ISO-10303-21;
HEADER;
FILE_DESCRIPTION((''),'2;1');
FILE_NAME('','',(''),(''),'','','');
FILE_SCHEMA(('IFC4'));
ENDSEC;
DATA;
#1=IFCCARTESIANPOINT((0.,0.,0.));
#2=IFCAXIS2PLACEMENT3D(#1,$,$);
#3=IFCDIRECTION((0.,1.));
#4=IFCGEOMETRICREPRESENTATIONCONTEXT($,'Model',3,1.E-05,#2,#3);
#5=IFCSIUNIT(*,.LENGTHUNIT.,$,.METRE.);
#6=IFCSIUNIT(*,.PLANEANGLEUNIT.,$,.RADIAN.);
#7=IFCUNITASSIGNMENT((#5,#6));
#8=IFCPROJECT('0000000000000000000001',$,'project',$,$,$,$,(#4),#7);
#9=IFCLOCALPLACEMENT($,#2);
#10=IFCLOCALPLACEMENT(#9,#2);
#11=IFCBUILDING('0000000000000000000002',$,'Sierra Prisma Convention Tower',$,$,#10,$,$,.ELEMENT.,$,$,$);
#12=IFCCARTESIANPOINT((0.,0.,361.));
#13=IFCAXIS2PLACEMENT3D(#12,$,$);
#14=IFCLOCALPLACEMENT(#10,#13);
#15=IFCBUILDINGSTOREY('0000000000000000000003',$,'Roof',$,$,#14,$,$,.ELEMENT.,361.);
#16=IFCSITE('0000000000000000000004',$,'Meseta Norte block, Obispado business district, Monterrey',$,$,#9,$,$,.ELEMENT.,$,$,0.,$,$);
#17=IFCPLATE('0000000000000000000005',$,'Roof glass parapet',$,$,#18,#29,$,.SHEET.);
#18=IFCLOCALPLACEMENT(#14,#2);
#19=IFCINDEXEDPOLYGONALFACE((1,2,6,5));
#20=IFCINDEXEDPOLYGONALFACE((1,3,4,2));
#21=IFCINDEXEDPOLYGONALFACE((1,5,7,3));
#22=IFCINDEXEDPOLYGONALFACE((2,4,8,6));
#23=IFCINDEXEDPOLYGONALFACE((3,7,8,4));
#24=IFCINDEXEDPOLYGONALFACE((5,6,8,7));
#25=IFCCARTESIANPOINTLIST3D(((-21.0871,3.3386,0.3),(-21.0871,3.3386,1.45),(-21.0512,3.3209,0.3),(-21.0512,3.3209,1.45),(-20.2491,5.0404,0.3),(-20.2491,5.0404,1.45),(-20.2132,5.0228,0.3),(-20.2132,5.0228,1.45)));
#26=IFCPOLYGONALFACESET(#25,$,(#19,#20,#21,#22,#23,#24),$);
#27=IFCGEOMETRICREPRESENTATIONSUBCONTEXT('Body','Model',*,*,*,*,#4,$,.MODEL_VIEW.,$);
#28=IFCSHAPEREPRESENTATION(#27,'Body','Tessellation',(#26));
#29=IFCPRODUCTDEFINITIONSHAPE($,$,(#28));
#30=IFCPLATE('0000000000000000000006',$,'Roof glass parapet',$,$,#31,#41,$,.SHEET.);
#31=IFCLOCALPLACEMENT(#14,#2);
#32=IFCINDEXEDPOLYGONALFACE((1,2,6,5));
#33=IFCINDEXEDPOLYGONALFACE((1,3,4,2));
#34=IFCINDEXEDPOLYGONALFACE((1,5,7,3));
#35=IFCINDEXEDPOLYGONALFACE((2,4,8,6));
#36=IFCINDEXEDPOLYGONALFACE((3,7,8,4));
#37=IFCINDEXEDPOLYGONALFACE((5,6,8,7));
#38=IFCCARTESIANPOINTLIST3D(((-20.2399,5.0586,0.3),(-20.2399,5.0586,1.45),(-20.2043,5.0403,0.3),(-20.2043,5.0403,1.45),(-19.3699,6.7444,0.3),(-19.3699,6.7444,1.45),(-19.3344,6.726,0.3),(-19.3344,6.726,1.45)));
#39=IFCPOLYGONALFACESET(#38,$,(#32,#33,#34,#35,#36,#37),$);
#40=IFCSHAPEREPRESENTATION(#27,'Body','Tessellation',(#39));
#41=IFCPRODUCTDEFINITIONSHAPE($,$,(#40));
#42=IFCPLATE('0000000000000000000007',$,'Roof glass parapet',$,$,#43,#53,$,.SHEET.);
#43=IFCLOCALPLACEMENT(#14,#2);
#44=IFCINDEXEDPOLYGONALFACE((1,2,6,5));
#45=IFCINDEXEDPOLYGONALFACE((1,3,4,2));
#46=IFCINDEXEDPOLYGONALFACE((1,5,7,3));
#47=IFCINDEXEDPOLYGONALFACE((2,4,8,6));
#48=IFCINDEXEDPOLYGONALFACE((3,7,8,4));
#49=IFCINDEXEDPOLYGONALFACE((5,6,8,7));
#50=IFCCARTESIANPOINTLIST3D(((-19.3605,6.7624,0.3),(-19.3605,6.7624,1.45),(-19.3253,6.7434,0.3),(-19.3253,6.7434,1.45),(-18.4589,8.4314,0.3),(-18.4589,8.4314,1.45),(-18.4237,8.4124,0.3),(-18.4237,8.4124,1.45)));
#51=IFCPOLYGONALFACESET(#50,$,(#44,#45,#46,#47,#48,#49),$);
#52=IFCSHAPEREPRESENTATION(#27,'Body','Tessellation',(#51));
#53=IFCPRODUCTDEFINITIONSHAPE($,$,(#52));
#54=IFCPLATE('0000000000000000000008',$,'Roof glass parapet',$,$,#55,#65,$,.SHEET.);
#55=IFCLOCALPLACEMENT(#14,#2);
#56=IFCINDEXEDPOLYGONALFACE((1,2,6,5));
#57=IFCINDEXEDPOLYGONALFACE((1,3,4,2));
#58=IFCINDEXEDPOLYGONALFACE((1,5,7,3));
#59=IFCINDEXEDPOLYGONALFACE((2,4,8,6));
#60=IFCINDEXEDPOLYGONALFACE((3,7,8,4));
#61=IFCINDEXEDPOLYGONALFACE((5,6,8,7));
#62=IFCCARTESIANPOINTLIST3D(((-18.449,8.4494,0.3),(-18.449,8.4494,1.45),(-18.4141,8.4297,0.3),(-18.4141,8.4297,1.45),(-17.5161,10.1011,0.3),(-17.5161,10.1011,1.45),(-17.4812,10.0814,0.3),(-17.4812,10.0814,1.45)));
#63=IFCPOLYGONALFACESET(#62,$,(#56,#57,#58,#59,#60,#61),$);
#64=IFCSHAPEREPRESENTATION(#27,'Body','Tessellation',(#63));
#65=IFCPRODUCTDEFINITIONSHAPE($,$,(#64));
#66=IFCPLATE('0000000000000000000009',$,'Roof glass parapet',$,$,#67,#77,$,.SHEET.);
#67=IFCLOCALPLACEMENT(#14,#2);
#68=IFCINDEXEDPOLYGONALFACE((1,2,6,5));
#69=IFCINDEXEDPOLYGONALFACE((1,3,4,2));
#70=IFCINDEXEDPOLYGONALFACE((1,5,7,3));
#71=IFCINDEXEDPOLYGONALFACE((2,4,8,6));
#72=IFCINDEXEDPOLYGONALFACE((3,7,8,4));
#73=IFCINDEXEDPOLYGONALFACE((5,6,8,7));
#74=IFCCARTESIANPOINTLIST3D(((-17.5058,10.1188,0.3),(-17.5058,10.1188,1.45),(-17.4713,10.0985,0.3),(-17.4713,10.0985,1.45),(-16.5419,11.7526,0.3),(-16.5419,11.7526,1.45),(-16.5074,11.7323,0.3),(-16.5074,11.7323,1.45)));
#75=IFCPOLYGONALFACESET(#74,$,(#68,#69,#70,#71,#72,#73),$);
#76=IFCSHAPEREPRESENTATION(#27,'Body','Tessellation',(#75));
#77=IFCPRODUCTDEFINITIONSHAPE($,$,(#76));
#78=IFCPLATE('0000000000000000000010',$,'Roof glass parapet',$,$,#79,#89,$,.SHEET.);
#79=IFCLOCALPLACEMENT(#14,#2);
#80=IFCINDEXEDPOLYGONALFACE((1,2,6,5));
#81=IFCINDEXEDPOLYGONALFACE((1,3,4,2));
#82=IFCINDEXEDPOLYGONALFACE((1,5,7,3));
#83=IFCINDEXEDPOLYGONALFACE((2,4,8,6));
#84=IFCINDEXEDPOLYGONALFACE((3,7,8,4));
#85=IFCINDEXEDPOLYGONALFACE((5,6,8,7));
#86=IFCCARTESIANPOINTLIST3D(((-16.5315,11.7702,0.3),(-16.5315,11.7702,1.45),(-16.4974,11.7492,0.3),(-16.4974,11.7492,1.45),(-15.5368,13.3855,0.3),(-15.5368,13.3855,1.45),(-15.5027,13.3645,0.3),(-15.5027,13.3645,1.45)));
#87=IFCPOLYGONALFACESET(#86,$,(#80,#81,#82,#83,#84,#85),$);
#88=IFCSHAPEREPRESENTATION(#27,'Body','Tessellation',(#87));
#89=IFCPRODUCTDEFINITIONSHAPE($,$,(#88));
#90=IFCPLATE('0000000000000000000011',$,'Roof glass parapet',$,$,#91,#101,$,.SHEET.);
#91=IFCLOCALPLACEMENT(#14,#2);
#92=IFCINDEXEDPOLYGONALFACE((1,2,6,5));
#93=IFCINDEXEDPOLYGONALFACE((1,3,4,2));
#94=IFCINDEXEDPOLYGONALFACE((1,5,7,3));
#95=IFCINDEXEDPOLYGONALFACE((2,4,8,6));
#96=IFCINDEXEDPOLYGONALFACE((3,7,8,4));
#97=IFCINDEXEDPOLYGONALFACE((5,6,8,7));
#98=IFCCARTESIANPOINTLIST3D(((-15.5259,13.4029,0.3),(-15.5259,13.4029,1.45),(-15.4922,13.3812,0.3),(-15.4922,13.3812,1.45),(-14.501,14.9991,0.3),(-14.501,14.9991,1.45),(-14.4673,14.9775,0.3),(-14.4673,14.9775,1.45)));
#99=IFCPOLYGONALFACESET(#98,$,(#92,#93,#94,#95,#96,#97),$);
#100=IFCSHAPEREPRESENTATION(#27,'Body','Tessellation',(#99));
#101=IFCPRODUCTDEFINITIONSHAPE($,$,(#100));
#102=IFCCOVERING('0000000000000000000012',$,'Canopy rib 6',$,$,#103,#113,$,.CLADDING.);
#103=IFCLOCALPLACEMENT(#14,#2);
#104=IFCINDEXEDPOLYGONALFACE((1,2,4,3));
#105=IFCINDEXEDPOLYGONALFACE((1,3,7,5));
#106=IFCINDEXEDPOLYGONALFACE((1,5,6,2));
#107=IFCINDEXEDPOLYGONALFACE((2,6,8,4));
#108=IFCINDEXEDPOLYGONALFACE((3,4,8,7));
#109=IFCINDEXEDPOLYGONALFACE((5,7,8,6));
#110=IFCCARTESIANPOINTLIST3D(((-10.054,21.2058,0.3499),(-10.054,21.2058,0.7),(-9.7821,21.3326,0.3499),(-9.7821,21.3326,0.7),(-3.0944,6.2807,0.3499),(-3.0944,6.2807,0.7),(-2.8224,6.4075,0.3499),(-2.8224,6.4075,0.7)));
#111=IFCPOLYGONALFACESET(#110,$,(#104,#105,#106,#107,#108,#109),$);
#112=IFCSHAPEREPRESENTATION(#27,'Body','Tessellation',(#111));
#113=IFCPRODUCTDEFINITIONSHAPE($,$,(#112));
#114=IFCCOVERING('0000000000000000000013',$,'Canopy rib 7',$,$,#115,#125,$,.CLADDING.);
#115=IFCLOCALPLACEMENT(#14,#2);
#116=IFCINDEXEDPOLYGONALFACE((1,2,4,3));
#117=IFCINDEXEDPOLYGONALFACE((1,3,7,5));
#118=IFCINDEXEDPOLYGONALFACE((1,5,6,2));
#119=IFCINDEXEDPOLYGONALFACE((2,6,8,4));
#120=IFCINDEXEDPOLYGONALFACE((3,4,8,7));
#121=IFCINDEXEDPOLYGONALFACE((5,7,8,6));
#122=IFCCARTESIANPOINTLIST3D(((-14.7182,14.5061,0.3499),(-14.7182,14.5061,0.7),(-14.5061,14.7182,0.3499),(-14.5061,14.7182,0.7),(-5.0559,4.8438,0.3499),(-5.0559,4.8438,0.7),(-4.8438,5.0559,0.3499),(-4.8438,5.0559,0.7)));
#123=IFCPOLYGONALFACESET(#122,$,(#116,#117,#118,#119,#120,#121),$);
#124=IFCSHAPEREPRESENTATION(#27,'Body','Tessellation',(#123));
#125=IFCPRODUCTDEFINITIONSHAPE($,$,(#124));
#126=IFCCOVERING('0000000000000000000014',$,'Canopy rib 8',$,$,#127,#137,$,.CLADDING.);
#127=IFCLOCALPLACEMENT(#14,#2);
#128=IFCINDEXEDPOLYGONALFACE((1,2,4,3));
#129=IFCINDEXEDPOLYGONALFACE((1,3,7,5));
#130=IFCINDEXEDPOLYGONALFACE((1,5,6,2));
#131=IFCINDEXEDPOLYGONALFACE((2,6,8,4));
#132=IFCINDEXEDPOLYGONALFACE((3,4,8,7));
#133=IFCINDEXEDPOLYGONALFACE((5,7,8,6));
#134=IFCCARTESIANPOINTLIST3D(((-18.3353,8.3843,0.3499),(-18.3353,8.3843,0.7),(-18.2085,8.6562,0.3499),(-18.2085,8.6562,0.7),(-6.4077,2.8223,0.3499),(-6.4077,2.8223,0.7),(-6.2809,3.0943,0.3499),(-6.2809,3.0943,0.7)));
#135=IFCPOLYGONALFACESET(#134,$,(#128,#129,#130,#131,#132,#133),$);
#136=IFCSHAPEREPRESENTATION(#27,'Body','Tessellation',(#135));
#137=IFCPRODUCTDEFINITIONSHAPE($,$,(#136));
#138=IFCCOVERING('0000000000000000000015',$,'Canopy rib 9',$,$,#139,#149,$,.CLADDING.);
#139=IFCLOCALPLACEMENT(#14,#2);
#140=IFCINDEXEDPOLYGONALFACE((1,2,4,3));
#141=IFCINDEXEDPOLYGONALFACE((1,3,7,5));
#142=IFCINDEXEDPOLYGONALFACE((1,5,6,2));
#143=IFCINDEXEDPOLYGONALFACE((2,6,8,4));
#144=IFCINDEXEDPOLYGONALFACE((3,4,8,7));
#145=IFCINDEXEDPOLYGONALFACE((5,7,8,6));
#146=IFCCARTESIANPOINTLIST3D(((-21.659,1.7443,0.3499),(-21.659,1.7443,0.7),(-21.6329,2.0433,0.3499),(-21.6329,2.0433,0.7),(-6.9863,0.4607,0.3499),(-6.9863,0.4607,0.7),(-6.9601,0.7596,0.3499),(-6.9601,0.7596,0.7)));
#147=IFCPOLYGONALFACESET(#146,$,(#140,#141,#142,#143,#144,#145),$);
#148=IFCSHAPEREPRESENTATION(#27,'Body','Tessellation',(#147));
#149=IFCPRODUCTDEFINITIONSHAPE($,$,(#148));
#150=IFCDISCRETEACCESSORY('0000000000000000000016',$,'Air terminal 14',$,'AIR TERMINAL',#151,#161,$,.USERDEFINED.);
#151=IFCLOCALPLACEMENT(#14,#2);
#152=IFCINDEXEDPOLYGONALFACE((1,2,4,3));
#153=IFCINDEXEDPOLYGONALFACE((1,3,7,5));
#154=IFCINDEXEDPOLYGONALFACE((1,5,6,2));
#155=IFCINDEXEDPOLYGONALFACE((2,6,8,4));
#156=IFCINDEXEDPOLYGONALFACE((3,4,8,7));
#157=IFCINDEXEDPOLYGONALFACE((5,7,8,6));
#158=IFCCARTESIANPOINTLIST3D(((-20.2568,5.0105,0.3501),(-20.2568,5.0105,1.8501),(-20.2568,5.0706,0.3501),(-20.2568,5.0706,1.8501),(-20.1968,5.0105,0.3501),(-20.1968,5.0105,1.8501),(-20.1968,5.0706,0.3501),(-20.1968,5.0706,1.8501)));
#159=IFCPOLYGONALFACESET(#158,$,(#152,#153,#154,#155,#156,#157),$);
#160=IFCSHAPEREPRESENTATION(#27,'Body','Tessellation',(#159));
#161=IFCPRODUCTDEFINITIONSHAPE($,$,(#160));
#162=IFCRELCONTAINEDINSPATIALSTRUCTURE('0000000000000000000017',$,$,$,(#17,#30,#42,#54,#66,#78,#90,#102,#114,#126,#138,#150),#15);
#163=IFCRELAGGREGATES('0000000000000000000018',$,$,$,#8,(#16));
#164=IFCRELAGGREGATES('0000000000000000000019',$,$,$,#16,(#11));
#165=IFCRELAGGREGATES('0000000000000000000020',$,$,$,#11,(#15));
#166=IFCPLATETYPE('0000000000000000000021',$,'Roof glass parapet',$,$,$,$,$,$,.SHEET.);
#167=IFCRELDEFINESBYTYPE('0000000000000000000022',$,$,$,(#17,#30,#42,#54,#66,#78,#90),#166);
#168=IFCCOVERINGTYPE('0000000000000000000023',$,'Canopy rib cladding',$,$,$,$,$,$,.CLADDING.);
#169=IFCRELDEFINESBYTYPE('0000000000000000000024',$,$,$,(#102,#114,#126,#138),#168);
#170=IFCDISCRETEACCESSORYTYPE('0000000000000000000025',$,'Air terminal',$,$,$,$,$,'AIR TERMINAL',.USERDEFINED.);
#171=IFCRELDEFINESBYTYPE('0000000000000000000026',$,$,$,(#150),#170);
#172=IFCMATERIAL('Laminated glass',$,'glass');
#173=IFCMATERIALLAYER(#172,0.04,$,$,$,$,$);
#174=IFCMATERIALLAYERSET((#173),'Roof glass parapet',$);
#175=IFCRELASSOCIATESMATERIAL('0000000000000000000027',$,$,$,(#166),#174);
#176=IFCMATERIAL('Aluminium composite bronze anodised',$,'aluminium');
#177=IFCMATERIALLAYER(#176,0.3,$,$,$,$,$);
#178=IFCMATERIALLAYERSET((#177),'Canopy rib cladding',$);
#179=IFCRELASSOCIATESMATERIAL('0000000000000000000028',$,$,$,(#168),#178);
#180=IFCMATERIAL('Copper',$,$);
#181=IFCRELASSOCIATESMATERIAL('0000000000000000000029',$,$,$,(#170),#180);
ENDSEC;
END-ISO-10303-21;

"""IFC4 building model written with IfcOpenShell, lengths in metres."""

from ifc_helpers import new_model, si_unit, direction, frame, origin, origin_2d, place, context, subcontext, project, spatial, rectangle, extrude, material, layer, layer_set, type_object, element, save


model = new_model("IFC4")

# Units and contexts
model_context = context("Model", 3, precision=1e-05, world=origin(), true_north=direction((0.0, 1.0)))
body_context = subcontext(model_context, "Body", "Model", "MODEL_VIEW")
ifc_project = project(units=[si_unit("LENGTHUNIT", "METRE"), si_unit("PLANEANGLEUNIT", "RADIAN")], contexts=[model_context])

# Site, building, storey
site_placement = place(None, origin())
site = spatial("IfcSite", under=ifc_project, at=site_placement, Name="Meseta Norte block, Obispado business district, Monterrey", CompositionType="ELEMENT", RefElevation=0.0)
building_placement = place(site_placement, origin())
building = spatial("IfcBuilding", under=site, at=building_placement, Name="Sierra Prisma Convention Tower", CompositionType="ELEMENT")
storey_placement = place(building_placement, frame((0.0, 0.0, 361.0)))
storey = spatial("IfcBuildingStorey", under=building, at=storey_placement, Name="Roof", CompositionType="ELEMENT", Elevation=361.0)

# Plates
ifc_material_1 = material(Name="Laminated glass", Category="glass")
ifc_layer_1 = layer(ifc_material_1, 0.04)
ifc_layer_set_1 = layer_set([ifc_layer_1], Name="Roof glass parapet")
plate_type = type_object("IfcPlateType", Name="Roof glass parapet", PredefinedType="SHEET", material=ifc_layer_set_1)
for number, where, z_axis, x_axis, name in (
    (1, (-20.6501, 4.1807, 0.3), (0.0, 0.0, 1.0), (0.44172, 0.897153, 0.0), "Roof glass parapet"),
    (2, (-19.7871, 5.8923, 0.3), (0.0, 0.0, 1.0), (0.45858, 0.888653, 0.0), "Roof glass parapet"),
    (3, (-18.8921, 7.5874, 0.3), (0.0, 0.0, 1.0), (0.475276, 0.879837, 0.0), "Roof glass parapet"),
    (4, (-17.9651, 9.2654, 0.3), (0.0, 0.0, 1.0), (0.491802, 0.870707, 0.0), "Roof glass parapet"),
    (5, (-17.0066, 10.9255, 0.3), (0.0, 0.0, 1.0), (0.508153, 0.861267, 0.0), "Roof glass parapet"),
    (6, (-16.0171, 12.5674, 0.3), (0.0, 0.0, 1.0), (0.524323, 0.851519, 0.0), "Roof glass parapet"),
    (7, (-14.9966, 14.1902, 0.3), (0.0, 0.0, 1.0), (0.540306, 0.841468, 0.0), "Roof glass parapet"),
):
    element("IfcPlate", number, at=place(storey_placement, frame(where, z_axis=z_axis, x_axis=x_axis)), inside=storey, type_object=plate_type, Name=name, PredefinedType="SHEET", context=body_context, shape_type="SweptSolid", body=[
        extrude(rectangle(XDim=1.897, YDim=0.04, at=origin_2d()), origin(), (0.0, 0.0, 1.0), 1.1499),
    ])

# Coverings
ifc_material_2 = material(Name="Aluminium composite bronze anodised", Category="aluminium")
ifc_layer_2 = layer(ifc_material_2, 0.3)
ifc_layer_set_2 = layer_set([ifc_layer_2], Name="Canopy rib cladding")
covering_type = type_object("IfcCoveringType", Name="Canopy rib cladding", PredefinedType="CLADDING", material=ifc_layer_set_2)
covering_1_placement = place(storey_placement, frame((-6.4382, 13.8066, 0.3499), z_axis=(0.0, 0.0, 1.0), x_axis=(-0.422618, 0.906308, 0.0)))
element("IfcCovering", 8, at=covering_1_placement, inside=storey, type_object=covering_type, Name="Canopy rib 6", PredefinedType="CLADDING", context=body_context, shape_type="SweptSolid", body=[
    extrude(rectangle(XDim=16.468, YDim=0.3, at=origin_2d()), origin(), (0.0, 0.0, 1.0), 0.3501),
])
covering_2_placement = place(storey_placement, frame((-9.781, 9.781, 0.3499), z_axis=(0.0, 0.0, 1.0), x_axis=(-0.707107, 0.707107, 0.0)))
element("IfcCovering", 9, at=covering_2_placement, inside=storey, type_object=covering_type, Name="Canopy rib 7", PredefinedType="CLADDING", context=body_context, shape_type="SweptSolid", body=[
    extrude(rectangle(XDim=13.6646, YDim=0.3, at=origin_2d()), origin(), (0.0, 0.0, 1.0), 0.3501),
])
covering_3_placement = place(storey_placement, frame((-12.3081, 5.7393, 0.3499), z_axis=(0.0, 0.0, 1.0), x_axis=(-0.906308, 0.422618, 0.0)))
element("IfcCovering", 10, at=covering_3_placement, inside=storey, type_object=covering_type, Name="Canopy rib 8", PredefinedType="CLADDING", context=body_context, shape_type="SweptSolid", body=[
    extrude(rectangle(XDim=13.1606, YDim=0.3, at=origin_2d()), origin(), (0.0, 0.0, 1.0), 0.3501),
])
covering_4_placement = place(storey_placement, frame((-14.3096, 1.252, 0.3499), z_axis=(0.0, 0.0, 1.0), x_axis=(-0.996195, 0.087156, 0.0)))
element("IfcCovering", 11, at=covering_4_placement, inside=storey, type_object=covering_type, Name="Canopy rib 9", PredefinedType="CLADDING", context=body_context, shape_type="SweptSolid", body=[
    extrude(rectangle(XDim=14.7288, YDim=0.3, at=origin_2d()), origin(), (0.0, 0.0, 1.0), 0.3501),
])

# Discrete accessory
ifc_material_3 = material(Name="Copper")
discrete_accessory_type = type_object("IfcDiscreteAccessoryType", Name="Air terminal", ElementType="AIR TERMINAL", PredefinedType="USERDEFINED", material=ifc_material_3)
discrete_accessory_placement = place(storey_placement, frame((-20.2268, 5.0405, 0.3501), z_axis=(0.0, 0.0, 1.0), x_axis=(1.0, 0.0, 0.0)))
element("IfcDiscreteAccessory", 12, at=discrete_accessory_placement, inside=storey, type_object=discrete_accessory_type, Name="Air terminal 14", ObjectType="AIR TERMINAL", PredefinedType="USERDEFINED", context=body_context, shape_type="SweptSolid", body=[
    extrude(rectangle(XDim=0.0601, YDim=0.0601, at=origin_2d()), origin(), (0.0, 0.0, 1.0), 1.5),
])

save(model, "model.ifc")
